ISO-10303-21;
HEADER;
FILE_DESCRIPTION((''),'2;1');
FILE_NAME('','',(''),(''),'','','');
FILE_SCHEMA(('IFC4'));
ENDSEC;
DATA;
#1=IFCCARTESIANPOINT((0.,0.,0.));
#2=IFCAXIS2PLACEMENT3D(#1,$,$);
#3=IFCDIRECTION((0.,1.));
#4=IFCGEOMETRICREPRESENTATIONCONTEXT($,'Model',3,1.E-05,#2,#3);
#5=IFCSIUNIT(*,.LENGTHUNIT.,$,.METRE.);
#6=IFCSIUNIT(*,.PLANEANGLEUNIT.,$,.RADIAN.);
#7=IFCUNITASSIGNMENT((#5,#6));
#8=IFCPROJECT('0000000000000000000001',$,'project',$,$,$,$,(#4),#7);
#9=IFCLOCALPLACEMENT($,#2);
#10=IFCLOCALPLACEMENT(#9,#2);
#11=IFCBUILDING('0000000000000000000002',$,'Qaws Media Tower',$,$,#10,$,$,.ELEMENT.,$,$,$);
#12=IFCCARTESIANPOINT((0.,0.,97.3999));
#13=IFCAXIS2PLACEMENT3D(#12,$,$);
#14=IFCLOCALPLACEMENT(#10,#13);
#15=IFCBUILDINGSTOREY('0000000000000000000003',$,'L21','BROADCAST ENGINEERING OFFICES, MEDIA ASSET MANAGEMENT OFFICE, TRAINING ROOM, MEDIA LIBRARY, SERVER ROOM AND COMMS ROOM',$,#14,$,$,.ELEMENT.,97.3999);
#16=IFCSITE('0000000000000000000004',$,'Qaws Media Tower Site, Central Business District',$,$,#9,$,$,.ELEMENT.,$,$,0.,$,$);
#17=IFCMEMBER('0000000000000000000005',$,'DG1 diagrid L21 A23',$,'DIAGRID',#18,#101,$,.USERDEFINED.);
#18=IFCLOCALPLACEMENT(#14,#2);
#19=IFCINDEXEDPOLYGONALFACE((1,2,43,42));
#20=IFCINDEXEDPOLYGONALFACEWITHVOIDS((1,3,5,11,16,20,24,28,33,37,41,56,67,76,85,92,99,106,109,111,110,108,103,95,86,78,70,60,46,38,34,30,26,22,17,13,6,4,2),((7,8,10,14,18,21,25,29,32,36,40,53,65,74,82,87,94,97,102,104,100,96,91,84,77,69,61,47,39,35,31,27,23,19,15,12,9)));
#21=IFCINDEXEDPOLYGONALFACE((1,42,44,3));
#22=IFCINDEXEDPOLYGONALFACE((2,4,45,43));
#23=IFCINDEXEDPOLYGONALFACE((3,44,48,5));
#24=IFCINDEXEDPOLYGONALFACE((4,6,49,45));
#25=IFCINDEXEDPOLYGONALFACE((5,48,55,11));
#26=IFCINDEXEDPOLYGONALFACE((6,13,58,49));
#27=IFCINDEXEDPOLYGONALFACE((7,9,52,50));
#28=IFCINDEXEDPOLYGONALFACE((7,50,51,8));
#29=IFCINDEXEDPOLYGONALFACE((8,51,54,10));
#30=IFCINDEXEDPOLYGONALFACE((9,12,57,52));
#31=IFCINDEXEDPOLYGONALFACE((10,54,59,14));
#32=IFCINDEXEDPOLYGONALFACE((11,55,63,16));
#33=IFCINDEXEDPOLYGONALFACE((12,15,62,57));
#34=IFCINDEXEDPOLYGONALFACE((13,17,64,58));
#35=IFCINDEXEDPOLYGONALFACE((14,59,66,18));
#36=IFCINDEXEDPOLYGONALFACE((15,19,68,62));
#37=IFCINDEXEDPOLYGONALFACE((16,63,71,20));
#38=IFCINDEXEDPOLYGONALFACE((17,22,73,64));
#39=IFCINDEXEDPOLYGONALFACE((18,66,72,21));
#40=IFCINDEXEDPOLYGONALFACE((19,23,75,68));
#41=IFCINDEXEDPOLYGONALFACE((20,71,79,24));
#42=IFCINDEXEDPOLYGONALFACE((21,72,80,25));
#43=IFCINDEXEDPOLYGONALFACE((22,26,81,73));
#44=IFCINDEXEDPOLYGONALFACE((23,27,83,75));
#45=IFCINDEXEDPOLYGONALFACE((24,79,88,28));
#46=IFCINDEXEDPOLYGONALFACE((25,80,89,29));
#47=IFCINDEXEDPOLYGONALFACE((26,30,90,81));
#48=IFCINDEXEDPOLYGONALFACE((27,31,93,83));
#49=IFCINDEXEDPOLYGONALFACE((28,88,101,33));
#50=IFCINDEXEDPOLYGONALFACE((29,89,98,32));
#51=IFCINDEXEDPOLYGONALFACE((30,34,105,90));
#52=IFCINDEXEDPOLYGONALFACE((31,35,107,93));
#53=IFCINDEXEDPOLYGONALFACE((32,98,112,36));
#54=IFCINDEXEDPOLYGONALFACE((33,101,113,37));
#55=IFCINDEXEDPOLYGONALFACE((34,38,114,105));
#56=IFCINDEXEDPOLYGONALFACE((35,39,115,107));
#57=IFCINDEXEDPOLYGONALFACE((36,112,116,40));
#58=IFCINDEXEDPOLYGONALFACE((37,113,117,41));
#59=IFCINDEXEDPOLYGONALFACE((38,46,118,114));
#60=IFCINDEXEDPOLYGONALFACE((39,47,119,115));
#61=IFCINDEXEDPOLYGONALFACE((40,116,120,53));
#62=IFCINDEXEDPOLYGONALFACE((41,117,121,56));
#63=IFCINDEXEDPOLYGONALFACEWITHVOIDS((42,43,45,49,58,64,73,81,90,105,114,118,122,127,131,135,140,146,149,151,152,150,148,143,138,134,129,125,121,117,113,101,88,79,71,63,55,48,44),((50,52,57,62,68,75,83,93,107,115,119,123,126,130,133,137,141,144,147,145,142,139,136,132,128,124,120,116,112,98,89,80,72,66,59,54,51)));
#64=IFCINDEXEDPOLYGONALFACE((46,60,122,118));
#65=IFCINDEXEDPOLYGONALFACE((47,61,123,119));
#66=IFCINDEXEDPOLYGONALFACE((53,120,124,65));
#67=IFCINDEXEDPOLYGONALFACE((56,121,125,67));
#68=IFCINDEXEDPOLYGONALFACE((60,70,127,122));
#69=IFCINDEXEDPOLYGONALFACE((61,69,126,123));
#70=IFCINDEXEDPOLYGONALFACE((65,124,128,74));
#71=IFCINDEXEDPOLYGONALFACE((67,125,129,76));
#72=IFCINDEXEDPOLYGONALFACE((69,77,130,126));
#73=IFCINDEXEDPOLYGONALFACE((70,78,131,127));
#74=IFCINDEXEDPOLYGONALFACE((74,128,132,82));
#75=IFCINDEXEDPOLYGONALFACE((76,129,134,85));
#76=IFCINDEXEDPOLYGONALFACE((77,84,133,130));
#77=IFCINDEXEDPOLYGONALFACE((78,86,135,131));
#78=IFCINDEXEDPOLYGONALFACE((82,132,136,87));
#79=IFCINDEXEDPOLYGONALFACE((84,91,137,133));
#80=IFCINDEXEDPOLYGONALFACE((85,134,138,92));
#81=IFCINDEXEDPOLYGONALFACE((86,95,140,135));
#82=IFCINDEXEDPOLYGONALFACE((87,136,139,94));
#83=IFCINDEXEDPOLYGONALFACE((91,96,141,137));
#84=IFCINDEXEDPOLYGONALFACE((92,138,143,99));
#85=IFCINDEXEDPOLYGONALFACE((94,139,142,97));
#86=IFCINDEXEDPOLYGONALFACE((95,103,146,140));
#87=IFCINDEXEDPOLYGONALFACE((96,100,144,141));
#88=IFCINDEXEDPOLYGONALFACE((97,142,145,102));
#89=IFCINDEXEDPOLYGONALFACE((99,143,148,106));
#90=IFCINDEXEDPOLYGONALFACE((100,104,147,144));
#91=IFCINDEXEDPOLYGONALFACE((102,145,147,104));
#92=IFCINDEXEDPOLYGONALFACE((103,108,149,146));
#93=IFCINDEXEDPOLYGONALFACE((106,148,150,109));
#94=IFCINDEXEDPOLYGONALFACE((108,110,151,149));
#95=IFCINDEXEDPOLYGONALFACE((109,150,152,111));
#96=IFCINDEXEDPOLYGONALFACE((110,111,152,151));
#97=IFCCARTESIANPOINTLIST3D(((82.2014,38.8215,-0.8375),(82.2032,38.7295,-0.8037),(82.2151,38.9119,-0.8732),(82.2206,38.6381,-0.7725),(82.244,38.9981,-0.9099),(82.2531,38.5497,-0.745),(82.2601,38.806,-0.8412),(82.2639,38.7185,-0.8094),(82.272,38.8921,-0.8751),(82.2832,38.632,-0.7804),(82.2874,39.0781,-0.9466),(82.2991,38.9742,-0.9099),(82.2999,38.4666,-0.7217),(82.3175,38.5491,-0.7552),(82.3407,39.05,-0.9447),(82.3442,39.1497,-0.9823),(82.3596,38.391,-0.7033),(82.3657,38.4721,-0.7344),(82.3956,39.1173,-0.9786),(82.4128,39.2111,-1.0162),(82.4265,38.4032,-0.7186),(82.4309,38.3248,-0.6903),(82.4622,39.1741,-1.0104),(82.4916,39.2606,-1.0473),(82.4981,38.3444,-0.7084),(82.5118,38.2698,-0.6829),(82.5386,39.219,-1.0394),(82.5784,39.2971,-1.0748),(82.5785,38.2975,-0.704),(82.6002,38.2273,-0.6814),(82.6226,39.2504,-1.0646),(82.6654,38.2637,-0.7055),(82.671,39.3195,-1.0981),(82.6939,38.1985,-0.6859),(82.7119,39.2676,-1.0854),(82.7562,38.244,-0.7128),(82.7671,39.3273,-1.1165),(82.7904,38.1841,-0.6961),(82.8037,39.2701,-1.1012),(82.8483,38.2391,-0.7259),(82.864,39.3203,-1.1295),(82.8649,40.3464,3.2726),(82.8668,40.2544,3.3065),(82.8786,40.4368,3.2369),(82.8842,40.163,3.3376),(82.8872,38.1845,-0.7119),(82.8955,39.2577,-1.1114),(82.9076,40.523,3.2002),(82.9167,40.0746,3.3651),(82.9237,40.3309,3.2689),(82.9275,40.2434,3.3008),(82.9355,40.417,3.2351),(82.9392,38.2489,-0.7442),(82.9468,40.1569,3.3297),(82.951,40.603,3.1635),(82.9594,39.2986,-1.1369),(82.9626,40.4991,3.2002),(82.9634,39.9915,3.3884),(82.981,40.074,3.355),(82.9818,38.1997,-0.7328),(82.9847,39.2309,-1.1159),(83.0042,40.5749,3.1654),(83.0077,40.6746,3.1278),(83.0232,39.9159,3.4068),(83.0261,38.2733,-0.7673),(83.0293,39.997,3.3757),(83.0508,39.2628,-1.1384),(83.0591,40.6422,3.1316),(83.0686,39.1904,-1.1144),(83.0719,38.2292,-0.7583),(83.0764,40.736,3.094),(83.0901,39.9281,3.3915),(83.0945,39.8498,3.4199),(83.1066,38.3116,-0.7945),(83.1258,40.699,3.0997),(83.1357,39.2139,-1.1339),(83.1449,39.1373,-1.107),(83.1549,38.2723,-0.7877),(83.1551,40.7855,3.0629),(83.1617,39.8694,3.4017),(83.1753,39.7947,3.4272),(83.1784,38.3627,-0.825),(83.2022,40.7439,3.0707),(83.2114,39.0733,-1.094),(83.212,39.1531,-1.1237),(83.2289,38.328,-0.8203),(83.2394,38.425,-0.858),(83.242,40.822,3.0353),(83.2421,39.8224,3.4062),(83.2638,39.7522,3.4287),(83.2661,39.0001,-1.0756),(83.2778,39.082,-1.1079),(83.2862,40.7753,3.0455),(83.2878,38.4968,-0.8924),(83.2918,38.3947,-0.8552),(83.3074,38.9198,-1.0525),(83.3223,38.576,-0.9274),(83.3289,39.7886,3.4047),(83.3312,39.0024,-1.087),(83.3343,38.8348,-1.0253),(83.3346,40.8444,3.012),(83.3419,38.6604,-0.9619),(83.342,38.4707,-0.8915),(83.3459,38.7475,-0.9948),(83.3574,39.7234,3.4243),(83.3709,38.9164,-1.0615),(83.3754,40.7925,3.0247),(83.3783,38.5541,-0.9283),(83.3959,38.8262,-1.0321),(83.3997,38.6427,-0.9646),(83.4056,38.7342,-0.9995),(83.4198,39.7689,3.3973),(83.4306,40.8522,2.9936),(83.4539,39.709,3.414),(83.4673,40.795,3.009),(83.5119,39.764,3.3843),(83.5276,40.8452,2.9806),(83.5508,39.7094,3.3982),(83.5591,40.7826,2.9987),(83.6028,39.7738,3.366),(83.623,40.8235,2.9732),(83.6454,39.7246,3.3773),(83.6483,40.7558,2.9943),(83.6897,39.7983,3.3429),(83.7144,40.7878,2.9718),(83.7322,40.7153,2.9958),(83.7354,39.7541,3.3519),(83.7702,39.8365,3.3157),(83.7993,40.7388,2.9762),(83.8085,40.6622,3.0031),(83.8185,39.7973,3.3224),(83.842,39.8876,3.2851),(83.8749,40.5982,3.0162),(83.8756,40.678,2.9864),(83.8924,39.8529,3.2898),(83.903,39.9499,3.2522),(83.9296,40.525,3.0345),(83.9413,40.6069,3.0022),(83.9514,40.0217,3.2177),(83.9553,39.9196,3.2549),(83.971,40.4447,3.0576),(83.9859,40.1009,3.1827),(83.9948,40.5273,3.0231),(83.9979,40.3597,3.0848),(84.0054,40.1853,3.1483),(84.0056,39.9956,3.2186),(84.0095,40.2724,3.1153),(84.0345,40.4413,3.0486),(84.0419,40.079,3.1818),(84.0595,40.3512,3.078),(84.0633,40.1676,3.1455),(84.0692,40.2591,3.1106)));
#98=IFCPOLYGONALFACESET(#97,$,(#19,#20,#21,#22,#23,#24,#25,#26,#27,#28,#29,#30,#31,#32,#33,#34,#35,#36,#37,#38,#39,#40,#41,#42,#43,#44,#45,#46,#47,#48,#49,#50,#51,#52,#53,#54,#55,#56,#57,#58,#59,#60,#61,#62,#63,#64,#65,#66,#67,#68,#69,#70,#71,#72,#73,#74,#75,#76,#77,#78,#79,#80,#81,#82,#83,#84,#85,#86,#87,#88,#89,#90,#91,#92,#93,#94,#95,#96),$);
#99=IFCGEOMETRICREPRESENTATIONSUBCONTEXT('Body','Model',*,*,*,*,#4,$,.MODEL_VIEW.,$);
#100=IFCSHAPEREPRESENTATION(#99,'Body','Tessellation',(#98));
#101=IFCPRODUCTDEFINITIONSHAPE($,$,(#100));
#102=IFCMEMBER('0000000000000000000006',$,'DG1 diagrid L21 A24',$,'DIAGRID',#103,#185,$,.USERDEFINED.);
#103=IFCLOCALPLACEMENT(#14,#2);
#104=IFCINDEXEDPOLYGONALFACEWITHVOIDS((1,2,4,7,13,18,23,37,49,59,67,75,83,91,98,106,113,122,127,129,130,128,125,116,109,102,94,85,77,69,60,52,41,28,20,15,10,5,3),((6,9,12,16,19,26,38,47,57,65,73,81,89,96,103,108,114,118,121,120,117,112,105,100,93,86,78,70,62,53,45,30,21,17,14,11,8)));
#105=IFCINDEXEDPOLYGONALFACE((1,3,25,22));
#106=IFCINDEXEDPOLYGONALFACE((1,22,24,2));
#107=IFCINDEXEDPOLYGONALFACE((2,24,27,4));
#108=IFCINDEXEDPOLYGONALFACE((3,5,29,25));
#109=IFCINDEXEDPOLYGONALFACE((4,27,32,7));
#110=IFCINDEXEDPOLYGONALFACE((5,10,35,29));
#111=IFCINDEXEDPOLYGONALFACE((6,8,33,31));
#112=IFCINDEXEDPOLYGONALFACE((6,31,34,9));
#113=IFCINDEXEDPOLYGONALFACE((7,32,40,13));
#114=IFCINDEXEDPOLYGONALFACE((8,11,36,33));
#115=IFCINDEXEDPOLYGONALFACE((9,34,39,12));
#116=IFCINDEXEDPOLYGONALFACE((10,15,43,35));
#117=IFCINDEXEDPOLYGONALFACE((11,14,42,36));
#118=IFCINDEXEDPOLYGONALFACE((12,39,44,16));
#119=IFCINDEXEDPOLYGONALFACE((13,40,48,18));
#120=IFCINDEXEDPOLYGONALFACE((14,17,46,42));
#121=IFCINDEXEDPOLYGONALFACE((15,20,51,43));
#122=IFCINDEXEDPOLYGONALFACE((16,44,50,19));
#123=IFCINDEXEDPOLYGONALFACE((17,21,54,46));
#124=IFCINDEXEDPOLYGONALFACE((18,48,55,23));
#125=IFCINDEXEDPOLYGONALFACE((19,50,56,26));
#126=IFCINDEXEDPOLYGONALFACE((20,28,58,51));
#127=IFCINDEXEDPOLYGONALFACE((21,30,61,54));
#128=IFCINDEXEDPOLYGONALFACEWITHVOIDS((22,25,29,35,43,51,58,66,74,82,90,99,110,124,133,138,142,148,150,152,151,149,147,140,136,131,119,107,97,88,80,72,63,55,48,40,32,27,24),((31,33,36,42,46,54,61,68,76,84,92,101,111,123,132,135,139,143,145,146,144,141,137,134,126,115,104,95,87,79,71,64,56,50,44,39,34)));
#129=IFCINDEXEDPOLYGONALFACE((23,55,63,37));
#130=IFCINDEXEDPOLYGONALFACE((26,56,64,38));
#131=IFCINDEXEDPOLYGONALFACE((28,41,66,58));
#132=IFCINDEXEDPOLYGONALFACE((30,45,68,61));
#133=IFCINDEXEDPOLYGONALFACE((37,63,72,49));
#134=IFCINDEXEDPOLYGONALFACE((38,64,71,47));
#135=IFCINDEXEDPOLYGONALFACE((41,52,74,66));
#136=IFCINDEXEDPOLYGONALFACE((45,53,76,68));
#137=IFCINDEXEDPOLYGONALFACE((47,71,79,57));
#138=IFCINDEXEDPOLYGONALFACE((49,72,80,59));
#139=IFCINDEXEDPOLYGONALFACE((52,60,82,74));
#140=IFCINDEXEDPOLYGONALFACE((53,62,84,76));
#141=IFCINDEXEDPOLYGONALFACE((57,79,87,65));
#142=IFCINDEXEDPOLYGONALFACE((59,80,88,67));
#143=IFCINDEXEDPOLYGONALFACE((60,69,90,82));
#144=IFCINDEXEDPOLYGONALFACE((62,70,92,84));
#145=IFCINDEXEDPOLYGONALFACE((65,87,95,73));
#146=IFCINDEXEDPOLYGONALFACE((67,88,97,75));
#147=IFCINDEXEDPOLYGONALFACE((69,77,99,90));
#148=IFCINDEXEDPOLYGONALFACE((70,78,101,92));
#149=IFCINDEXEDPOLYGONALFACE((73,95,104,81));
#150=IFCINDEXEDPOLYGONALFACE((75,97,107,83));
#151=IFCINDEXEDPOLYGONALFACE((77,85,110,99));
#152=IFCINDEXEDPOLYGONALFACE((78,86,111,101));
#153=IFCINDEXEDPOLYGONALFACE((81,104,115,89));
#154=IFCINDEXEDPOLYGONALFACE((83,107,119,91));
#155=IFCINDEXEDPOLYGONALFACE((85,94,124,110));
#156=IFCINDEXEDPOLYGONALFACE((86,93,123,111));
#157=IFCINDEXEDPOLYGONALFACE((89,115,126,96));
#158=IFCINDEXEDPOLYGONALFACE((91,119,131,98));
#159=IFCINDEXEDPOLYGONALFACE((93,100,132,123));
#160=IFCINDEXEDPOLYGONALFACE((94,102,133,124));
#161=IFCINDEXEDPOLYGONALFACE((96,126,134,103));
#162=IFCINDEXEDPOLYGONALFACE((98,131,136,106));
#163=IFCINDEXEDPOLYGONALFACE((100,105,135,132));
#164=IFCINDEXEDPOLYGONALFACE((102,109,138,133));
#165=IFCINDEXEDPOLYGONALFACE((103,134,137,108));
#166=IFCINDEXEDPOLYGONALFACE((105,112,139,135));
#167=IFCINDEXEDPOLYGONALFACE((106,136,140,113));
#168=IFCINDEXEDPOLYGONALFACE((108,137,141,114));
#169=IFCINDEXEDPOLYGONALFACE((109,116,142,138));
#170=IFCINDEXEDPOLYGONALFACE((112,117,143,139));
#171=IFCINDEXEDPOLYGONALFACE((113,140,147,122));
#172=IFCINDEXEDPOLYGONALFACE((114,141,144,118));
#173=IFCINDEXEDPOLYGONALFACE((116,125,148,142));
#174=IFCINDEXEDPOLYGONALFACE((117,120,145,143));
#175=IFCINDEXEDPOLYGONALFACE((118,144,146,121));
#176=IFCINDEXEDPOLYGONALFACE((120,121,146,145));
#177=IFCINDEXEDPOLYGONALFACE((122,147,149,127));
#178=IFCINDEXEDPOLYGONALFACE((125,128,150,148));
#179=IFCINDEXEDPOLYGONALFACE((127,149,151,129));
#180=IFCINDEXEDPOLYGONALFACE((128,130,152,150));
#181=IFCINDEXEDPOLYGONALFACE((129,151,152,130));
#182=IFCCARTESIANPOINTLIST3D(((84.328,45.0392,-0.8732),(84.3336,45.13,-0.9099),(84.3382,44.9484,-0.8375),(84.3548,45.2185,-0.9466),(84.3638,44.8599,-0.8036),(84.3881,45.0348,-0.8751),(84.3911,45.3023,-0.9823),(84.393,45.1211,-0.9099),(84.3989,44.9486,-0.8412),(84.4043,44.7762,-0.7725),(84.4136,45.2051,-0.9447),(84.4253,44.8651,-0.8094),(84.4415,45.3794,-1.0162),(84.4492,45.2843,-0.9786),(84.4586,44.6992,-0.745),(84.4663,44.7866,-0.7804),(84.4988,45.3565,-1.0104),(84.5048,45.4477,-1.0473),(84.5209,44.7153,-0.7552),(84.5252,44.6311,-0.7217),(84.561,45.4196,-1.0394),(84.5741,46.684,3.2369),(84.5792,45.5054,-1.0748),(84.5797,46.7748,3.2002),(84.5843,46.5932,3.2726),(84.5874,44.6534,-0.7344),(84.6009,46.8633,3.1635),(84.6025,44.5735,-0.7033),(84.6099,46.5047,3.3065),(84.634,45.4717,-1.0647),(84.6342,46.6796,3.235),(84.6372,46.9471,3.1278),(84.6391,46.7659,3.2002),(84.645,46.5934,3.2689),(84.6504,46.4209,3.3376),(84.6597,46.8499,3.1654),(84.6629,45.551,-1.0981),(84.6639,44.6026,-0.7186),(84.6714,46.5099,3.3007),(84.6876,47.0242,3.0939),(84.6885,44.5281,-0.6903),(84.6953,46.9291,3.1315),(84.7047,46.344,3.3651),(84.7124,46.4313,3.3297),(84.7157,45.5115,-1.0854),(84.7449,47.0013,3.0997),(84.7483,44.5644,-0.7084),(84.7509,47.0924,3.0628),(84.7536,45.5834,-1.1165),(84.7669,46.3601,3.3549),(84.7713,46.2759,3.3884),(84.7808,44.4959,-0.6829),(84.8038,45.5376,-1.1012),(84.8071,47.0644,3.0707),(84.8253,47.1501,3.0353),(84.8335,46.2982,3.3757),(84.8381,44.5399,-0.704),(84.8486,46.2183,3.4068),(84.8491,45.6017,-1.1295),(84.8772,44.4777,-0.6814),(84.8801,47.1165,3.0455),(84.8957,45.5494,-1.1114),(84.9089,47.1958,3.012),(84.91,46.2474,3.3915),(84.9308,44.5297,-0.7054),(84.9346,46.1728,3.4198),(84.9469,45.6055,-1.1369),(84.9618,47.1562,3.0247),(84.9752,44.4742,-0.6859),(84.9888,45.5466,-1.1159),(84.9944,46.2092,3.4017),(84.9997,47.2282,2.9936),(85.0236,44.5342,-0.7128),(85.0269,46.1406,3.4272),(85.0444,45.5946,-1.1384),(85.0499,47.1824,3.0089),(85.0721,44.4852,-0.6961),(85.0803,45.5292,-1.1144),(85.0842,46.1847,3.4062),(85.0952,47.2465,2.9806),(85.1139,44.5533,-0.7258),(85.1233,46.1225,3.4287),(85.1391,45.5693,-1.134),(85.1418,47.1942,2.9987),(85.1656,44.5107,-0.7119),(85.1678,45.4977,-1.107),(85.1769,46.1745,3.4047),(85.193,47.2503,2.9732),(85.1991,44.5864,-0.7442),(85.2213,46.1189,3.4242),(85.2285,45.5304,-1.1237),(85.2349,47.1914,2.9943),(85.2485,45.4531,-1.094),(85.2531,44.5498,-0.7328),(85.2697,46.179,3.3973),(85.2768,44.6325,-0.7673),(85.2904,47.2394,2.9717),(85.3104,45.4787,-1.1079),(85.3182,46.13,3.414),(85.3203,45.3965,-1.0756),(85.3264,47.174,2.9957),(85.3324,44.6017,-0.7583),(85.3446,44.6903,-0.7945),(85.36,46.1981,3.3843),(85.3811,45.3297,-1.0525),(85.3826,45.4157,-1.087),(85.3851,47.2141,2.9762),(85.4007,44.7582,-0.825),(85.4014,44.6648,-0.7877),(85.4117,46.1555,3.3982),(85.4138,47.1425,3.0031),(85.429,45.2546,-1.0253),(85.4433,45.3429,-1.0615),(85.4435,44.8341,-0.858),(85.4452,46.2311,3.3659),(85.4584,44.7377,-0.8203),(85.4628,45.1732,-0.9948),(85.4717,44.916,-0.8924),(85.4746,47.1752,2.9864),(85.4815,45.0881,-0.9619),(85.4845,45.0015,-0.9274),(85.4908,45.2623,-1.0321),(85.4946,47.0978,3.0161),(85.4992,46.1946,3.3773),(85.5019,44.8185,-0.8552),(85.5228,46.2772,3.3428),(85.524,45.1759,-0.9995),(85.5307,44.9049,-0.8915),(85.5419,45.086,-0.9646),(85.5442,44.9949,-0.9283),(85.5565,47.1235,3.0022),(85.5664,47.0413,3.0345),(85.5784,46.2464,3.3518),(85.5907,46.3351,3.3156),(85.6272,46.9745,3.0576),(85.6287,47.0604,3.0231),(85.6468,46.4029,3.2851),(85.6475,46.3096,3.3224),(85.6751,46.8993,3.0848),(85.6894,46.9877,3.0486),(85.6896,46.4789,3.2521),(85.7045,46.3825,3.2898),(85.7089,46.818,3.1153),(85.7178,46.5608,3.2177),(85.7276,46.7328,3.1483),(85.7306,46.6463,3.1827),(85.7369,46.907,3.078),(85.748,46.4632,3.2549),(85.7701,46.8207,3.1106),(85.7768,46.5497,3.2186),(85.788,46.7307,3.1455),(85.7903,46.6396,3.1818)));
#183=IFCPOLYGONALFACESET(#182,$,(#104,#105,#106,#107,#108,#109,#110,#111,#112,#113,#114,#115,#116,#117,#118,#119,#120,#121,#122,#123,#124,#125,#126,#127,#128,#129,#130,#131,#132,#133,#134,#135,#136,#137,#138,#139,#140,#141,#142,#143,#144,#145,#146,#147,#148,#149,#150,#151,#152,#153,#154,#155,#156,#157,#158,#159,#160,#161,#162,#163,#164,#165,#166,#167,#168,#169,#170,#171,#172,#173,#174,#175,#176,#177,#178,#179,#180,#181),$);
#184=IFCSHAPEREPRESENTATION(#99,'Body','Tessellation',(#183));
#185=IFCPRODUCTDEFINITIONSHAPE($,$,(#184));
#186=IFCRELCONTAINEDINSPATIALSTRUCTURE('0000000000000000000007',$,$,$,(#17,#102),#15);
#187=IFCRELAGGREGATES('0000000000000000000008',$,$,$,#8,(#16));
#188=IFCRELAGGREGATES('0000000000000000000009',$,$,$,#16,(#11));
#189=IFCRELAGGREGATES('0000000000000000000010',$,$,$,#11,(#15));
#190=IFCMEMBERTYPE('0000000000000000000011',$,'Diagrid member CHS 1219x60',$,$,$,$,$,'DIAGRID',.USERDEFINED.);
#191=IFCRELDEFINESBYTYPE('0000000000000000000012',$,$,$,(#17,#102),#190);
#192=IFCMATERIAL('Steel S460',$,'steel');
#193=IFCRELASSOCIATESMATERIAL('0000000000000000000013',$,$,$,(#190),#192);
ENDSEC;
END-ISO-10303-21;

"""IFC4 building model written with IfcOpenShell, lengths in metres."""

from ifc_helpers import new_model, si_unit, direction, frame, origin, origin_2d, place, context, subcontext, project, spatial, hollow_circle, extrude, material, material_profile, profile_set, type_object, element, save


model = new_model("IFC4")

# Units and contexts
model_context = context("Model", 3, precision=1e-05, world=origin(), true_north=direction((0.0, 1.0)))
body_context = subcontext(model_context, "Body", "Model", "MODEL_VIEW")
ifc_project = project(units=[si_unit("LENGTHUNIT", "METRE"), si_unit("PLANEANGLEUNIT", "RADIAN")], contexts=[model_context])

# Site, building, storey
site_placement = place(None, origin())
site = spatial("IfcSite", under=ifc_project, at=site_placement, Name="Qaws Media Tower Site, Central Business District", CompositionType="ELEMENT", RefElevation=0.0)
building_placement = place(site_placement, origin())
building = spatial("IfcBuilding", under=site, at=building_placement, Name="Qaws Media Tower", CompositionType="ELEMENT")
storey_placement = place(building_placement, frame((0.0, 0.0, 97.3999)))
storey = spatial("IfcBuildingStorey", under=building, at=storey_placement, Name="L21", Description="BROADCAST ENGINEERING OFFICES, MEDIA ASSET MANAGEMENT OFFICE, TRAINING ROOM, MEDIA LIBRARY, SERVER ROOM AND COMMS ROOM", CompositionType="ELEMENT", Elevation=97.3999)

# Members
ifc_material_1 = material(Name="Steel S460", Category="steel")
ifc_material_profile_1 = material_profile(ifc_material_1, hollow_circle(Radius=0.6096, WallThickness=0.0601, at=origin_2d()), Name="CHS 1219x60")
ifc_profile_set_1 = profile_set([ifc_material_profile_1], Name="Steel S460")
member_type_1 = type_object("IfcMemberType", Name="Diagrid member CHS 1219x60", ElementType="DIAGRID", PredefinedType="USERDEFINED", material=ifc_profile_set_1)
for number, where, z_axis, x_axis, name in (
    (1, (82.803, 38.7549, -0.9099), (0.149662, 0.343926, 0.926993), (-0.916944, 0.399016, 0.0), "DG1 diagrid L21 A23"),
    (2, (84.9365, 45.0398, -0.9099), (0.055504, 0.370961, 0.926988), (-0.988991, 0.147974, 0.0), "DG1 diagrid L21 A24"),
):
    element("IfcMember", number, at=place(storey_placement, frame(where, z_axis=z_axis, x_axis=x_axis)), inside=storey, type_object=member_type_1, Name=name, ObjectType="DIAGRID", PredefinedType="USERDEFINED", context=body_context, shape_type="SweptSolid", body=[
        extrude(hollow_circle(Radius=0.6096, WallThickness=0.0601, at=origin_2d()), origin(), (0.0, 0.0, 1.0), 4.4338),
    ])

save(model, "model.ifc")
